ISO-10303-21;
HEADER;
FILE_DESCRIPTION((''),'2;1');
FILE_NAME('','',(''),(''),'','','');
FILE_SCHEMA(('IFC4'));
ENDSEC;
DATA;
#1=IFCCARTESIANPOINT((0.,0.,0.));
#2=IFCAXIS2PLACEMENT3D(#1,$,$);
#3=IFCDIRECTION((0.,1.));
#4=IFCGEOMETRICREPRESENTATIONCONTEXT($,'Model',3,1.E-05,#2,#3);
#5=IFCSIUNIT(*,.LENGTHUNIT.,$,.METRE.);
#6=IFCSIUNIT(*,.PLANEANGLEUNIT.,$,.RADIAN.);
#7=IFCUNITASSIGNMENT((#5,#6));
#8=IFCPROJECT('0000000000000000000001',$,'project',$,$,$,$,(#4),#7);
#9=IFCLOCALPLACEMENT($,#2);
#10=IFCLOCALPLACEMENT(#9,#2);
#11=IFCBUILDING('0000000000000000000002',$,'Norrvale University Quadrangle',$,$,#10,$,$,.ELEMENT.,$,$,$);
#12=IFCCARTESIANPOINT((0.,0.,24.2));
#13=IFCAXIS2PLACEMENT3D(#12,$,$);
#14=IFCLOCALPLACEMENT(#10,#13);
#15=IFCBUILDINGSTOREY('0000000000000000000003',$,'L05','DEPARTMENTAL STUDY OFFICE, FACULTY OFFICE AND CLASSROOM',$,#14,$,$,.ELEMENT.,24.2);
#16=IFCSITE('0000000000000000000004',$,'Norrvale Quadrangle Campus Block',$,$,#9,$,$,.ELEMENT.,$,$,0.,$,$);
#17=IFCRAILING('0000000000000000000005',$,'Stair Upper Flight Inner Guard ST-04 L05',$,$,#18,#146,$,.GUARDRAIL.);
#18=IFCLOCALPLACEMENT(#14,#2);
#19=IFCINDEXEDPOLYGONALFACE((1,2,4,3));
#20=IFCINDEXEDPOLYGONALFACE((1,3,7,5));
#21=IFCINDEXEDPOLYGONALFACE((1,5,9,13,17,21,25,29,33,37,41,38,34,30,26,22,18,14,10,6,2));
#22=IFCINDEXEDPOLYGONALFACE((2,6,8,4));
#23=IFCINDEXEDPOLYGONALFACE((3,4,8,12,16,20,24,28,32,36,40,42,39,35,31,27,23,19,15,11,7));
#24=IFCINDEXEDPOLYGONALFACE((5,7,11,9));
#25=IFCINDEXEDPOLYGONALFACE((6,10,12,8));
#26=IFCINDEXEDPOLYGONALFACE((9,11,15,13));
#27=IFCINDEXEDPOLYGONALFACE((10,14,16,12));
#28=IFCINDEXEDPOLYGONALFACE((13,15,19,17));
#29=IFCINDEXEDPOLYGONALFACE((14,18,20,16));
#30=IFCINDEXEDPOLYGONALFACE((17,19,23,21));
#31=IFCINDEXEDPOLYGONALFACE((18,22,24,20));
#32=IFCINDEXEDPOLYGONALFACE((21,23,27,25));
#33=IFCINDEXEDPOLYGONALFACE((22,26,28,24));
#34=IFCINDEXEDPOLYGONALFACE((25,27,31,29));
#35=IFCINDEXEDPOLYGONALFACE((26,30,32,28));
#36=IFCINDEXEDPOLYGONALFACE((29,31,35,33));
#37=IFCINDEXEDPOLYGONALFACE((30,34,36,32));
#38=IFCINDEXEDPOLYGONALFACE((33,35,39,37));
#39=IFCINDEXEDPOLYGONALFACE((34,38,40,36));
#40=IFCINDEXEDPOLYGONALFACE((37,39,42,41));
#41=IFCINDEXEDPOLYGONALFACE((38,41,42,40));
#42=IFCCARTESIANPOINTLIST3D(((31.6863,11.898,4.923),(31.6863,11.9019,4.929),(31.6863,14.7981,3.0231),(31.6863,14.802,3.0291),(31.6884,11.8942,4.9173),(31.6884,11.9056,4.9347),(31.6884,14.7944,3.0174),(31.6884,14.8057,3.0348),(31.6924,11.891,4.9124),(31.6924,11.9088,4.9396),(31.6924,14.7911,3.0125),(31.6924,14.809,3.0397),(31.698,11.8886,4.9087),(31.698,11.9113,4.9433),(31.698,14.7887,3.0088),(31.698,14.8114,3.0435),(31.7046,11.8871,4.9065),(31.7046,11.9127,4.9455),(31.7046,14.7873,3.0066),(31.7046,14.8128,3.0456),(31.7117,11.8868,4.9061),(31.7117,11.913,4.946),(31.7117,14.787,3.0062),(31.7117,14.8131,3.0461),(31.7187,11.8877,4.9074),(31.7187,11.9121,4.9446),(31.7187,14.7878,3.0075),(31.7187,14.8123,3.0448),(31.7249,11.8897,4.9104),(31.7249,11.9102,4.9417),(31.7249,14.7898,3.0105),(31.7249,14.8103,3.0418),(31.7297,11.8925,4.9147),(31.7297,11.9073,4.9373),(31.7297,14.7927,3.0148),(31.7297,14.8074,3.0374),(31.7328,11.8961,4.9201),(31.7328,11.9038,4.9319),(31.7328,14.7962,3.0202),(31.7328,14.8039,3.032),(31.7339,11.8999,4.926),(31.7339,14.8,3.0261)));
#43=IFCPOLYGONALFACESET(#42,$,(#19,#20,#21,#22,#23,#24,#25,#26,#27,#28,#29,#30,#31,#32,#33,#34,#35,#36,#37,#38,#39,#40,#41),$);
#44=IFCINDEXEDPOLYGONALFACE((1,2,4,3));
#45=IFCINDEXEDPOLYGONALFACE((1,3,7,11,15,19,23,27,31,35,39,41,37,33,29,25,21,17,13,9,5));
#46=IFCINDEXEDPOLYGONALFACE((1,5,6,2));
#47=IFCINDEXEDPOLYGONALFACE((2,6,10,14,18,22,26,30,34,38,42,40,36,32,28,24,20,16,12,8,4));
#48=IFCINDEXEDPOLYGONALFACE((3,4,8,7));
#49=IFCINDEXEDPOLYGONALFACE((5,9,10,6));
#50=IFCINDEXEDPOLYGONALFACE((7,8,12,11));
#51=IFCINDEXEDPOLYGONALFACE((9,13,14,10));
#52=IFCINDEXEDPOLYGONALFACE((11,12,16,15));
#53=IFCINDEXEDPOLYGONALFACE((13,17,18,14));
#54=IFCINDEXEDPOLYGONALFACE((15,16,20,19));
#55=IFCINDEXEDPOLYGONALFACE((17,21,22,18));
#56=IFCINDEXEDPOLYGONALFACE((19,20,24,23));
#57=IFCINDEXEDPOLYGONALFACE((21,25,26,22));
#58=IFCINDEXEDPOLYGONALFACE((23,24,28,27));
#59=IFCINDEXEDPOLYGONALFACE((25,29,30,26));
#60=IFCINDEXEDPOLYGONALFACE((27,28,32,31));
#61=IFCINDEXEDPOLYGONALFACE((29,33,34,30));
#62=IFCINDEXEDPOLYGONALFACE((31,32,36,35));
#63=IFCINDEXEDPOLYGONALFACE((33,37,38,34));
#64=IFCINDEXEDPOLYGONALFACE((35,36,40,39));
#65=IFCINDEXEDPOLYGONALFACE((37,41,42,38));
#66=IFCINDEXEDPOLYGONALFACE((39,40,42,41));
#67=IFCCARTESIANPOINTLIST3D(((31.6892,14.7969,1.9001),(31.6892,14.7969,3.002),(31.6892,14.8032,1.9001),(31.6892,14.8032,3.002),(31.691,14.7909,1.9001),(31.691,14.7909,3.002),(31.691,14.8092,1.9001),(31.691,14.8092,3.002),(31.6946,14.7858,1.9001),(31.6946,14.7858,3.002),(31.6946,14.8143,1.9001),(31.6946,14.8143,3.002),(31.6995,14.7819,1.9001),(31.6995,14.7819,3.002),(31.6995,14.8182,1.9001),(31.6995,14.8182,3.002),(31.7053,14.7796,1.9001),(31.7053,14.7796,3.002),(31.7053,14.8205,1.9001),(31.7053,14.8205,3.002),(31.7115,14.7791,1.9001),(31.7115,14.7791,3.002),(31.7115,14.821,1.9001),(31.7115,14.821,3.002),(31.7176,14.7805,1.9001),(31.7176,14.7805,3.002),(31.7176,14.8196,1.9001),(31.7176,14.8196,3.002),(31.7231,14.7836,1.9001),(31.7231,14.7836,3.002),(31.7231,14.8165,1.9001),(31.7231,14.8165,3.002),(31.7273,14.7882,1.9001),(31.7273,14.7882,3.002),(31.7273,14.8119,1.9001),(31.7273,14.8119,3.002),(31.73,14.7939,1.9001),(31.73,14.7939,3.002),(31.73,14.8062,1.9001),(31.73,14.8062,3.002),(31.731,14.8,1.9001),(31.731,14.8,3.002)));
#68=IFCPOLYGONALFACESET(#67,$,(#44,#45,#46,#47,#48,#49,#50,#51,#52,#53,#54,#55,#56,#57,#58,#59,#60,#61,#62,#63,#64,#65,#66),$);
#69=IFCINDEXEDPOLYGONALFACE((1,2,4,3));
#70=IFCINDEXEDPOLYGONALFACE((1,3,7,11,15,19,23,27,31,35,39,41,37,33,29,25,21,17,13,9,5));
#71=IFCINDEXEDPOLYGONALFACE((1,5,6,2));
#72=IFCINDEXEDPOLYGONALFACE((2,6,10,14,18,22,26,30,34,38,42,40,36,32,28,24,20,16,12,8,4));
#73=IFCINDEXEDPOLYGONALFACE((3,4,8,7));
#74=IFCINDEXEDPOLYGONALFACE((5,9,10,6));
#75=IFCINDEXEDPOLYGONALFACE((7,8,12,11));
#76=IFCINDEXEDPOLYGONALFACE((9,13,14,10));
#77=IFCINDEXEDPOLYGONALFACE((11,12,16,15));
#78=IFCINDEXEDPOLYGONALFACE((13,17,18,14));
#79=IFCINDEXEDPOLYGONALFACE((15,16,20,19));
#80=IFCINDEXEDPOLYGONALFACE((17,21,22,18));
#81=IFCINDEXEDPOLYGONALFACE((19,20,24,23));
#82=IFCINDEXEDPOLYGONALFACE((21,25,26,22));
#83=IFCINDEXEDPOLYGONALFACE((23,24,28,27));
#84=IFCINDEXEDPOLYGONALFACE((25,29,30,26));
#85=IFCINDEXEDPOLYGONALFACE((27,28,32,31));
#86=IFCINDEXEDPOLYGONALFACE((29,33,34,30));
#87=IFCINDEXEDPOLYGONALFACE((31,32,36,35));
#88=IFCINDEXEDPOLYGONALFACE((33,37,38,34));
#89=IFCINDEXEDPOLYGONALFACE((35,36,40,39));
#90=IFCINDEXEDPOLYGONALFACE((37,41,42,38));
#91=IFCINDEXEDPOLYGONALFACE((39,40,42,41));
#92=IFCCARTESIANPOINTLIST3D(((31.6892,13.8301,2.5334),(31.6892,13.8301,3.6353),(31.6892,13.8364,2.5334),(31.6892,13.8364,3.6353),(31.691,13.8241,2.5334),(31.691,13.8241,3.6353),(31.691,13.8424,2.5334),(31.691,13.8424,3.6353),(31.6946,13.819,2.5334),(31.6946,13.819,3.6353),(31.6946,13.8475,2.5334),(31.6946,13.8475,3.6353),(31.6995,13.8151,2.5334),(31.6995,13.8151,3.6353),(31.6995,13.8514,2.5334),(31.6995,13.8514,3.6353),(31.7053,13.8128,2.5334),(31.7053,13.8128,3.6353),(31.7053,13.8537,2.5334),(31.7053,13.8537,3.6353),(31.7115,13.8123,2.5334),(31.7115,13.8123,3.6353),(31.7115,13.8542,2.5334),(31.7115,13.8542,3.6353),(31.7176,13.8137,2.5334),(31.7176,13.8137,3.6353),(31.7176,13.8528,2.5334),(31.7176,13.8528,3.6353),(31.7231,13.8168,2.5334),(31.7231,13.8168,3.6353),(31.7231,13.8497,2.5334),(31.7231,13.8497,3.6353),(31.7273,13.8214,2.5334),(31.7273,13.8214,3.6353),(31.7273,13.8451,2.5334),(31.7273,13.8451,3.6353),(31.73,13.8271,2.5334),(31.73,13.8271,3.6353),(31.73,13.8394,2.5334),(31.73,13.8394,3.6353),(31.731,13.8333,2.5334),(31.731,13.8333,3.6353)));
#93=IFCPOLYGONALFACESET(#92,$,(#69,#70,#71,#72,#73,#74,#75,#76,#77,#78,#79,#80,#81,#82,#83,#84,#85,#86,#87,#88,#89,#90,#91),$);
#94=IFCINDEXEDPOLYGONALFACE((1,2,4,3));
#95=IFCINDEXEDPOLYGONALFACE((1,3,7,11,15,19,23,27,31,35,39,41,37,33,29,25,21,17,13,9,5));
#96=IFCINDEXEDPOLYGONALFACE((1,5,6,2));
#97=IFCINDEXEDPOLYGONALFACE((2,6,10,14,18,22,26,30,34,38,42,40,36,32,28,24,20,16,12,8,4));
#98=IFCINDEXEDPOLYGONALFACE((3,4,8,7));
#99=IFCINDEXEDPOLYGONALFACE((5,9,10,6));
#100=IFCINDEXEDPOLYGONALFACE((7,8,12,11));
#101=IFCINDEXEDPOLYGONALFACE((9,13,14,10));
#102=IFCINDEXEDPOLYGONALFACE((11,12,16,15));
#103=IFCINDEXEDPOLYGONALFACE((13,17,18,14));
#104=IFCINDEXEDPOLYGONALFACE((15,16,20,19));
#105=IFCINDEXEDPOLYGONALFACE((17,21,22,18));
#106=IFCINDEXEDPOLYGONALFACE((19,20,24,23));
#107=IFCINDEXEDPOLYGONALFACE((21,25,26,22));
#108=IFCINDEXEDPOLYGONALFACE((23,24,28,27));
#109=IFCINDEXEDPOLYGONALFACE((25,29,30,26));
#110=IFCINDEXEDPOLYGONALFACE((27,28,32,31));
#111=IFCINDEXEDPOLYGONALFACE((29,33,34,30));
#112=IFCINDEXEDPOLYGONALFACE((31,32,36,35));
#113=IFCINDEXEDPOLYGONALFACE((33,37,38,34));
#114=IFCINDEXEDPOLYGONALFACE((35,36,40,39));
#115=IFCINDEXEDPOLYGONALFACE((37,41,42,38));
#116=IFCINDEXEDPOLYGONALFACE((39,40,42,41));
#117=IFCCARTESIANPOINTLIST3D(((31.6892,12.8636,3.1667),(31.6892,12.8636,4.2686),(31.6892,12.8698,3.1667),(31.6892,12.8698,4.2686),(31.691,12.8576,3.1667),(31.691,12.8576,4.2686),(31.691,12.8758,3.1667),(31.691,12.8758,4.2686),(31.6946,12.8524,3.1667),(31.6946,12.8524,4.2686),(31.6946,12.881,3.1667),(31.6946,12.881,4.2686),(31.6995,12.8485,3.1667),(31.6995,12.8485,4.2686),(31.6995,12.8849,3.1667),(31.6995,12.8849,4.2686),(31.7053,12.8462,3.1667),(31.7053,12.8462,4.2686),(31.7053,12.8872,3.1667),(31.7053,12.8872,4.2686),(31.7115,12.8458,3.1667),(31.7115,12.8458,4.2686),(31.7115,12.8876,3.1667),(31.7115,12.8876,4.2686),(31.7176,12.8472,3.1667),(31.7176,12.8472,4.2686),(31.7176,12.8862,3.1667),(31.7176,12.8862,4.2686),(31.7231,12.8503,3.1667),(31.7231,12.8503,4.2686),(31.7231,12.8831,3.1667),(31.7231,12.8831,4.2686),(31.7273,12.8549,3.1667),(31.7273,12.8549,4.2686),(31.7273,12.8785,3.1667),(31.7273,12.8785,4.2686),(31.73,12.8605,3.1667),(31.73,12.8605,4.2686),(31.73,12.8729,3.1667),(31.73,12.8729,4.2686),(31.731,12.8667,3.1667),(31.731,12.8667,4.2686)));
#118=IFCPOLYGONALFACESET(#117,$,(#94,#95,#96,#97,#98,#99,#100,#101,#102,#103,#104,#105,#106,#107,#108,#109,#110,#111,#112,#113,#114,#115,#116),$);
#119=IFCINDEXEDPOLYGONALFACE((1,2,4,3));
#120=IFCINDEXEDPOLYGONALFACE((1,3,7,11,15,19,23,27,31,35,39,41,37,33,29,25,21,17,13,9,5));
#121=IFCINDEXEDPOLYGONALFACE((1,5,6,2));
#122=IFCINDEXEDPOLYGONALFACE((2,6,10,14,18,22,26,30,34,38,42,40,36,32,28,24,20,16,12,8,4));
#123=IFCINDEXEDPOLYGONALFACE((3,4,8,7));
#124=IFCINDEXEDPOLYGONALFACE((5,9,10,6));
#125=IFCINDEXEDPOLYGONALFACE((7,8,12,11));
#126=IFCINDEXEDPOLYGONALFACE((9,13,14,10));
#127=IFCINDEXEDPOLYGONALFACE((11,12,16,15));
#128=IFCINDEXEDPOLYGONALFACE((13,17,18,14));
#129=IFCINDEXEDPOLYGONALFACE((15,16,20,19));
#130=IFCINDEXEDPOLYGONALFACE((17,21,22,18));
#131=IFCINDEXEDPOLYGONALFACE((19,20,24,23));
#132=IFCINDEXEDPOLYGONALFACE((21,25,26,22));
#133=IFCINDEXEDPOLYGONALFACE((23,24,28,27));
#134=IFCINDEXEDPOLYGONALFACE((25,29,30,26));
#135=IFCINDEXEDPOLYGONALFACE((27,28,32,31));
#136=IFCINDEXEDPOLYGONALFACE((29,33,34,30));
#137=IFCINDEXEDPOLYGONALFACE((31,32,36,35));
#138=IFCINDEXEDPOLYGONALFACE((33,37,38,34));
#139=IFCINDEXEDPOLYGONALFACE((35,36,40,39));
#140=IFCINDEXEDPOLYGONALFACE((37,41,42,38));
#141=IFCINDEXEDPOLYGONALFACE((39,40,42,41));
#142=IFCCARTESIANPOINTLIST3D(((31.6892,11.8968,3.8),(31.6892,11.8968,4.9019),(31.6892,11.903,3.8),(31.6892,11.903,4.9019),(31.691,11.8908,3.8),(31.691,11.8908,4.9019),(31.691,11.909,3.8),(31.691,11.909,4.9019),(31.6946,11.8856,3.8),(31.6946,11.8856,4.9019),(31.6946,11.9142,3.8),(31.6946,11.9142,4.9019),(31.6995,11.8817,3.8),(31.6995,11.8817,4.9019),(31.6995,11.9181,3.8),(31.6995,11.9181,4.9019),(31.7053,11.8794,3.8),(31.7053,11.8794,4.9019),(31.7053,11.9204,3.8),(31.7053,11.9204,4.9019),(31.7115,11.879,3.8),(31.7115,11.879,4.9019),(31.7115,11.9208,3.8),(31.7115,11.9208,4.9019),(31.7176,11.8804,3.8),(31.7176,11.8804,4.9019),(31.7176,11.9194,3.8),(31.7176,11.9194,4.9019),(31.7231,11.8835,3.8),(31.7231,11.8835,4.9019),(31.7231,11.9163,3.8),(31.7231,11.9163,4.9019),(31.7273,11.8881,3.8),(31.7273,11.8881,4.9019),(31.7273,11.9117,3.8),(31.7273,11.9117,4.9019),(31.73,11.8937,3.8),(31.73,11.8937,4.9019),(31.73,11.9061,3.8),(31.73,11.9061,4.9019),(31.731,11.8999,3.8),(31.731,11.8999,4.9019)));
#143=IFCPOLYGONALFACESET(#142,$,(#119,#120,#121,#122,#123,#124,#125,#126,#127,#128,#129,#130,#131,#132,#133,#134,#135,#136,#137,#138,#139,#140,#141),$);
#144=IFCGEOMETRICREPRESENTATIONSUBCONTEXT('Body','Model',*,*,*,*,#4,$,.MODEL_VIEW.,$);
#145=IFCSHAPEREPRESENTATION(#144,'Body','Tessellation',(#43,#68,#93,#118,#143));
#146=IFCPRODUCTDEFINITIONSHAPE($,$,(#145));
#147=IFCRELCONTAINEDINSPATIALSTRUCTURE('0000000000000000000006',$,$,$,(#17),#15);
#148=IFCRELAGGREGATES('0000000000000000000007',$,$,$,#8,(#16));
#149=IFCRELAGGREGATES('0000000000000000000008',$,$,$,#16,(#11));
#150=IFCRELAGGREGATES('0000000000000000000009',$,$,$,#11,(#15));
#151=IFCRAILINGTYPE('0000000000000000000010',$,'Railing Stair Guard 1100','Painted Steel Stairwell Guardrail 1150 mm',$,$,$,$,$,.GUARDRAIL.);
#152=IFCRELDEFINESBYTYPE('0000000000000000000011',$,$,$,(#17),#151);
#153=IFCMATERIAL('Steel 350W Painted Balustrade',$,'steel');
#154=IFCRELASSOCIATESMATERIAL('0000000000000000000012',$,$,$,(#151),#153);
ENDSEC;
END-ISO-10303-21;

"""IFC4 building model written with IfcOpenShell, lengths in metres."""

from ifc_helpers import new_model, si_unit, direction, frame, origin, origin_2d, place, context, subcontext, project, spatial, circle, extrude, material, type_object, element, save


model = new_model("IFC4")

# Units and contexts
model_context = context("Model", 3, precision=1e-05, world=origin(), true_north=direction((0.0, 1.0)))
body_context = subcontext(model_context, "Body", "Model", "MODEL_VIEW")
ifc_project = project(units=[si_unit("LENGTHUNIT", "METRE"), si_unit("PLANEANGLEUNIT", "RADIAN")], contexts=[model_context])

# Site, building, storey
site_placement = place(None, origin())
site = spatial("IfcSite", under=ifc_project, at=site_placement, Name="Norrvale Quadrangle Campus Block", CompositionType="ELEMENT", RefElevation=0.0)
building_placement = place(site_placement, origin())
building = spatial("IfcBuilding", under=site, at=building_placement, Name="Norrvale University Quadrangle", CompositionType="ELEMENT")
storey_placement = place(building_placement, frame((0.0, 0.0, 24.2)))
storey = spatial("IfcBuildingStorey", under=building, at=storey_placement, Name="L05", Description="DEPARTMENTAL STUDY OFFICE, FACULTY OFFICE AND CLASSROOM", CompositionType="ELEMENT", Elevation=24.2)

# Railing
ifc_material_1 = material(Name="Steel 350W Painted Balustrade", Category="steel")
railing_type_1 = type_object("IfcRailingType", Name="Railing Stair Guard 1100", Description="Painted Steel Stairwell Guardrail 1150 mm", PredefinedType="GUARDRAIL", material=ifc_material_1)
railing_1_placement = place(storey_placement, frame((31.71, 14.8, 1.9001)))
element("IfcRailing", 1, at=railing_1_placement, inside=storey, type_object=railing_type_1, Name="Stair Upper Flight Inner Guard ST-04 L05", PredefinedType="GUARDRAIL", context=body_context, shape_type="SweptSolid", body=[
    extrude(circle(Radius=0.0239, at=origin_2d()), frame((0.0, 0.0, 1.126), z_axis=(0.0, -0.836487, 0.547987), x_axis=(1.0, 0.0, 0.0)), (0.0, 0.0, 1.0), 3.467),
    extrude(circle(Radius=0.021, at=origin_2d()), origin(), (0.0, 0.0, 1.0), 1.1018),
    extrude(circle(Radius=0.021, at=origin_2d()), frame((0.0, -0.9668, 0.6333)), (0.0, 0.0, 1.0), 1.1018),
    extrude(circle(Radius=0.021, at=origin_2d()), frame((0.0, -1.9333, 1.2666)), (0.0, 0.0, 1.0), 1.1018),
    extrude(circle(Radius=0.021, at=origin_2d()), frame((0.0, -2.9001, 1.8999)), (0.0, 0.0, 1.0), 1.1018),
])

save(model, "model.ifc")
